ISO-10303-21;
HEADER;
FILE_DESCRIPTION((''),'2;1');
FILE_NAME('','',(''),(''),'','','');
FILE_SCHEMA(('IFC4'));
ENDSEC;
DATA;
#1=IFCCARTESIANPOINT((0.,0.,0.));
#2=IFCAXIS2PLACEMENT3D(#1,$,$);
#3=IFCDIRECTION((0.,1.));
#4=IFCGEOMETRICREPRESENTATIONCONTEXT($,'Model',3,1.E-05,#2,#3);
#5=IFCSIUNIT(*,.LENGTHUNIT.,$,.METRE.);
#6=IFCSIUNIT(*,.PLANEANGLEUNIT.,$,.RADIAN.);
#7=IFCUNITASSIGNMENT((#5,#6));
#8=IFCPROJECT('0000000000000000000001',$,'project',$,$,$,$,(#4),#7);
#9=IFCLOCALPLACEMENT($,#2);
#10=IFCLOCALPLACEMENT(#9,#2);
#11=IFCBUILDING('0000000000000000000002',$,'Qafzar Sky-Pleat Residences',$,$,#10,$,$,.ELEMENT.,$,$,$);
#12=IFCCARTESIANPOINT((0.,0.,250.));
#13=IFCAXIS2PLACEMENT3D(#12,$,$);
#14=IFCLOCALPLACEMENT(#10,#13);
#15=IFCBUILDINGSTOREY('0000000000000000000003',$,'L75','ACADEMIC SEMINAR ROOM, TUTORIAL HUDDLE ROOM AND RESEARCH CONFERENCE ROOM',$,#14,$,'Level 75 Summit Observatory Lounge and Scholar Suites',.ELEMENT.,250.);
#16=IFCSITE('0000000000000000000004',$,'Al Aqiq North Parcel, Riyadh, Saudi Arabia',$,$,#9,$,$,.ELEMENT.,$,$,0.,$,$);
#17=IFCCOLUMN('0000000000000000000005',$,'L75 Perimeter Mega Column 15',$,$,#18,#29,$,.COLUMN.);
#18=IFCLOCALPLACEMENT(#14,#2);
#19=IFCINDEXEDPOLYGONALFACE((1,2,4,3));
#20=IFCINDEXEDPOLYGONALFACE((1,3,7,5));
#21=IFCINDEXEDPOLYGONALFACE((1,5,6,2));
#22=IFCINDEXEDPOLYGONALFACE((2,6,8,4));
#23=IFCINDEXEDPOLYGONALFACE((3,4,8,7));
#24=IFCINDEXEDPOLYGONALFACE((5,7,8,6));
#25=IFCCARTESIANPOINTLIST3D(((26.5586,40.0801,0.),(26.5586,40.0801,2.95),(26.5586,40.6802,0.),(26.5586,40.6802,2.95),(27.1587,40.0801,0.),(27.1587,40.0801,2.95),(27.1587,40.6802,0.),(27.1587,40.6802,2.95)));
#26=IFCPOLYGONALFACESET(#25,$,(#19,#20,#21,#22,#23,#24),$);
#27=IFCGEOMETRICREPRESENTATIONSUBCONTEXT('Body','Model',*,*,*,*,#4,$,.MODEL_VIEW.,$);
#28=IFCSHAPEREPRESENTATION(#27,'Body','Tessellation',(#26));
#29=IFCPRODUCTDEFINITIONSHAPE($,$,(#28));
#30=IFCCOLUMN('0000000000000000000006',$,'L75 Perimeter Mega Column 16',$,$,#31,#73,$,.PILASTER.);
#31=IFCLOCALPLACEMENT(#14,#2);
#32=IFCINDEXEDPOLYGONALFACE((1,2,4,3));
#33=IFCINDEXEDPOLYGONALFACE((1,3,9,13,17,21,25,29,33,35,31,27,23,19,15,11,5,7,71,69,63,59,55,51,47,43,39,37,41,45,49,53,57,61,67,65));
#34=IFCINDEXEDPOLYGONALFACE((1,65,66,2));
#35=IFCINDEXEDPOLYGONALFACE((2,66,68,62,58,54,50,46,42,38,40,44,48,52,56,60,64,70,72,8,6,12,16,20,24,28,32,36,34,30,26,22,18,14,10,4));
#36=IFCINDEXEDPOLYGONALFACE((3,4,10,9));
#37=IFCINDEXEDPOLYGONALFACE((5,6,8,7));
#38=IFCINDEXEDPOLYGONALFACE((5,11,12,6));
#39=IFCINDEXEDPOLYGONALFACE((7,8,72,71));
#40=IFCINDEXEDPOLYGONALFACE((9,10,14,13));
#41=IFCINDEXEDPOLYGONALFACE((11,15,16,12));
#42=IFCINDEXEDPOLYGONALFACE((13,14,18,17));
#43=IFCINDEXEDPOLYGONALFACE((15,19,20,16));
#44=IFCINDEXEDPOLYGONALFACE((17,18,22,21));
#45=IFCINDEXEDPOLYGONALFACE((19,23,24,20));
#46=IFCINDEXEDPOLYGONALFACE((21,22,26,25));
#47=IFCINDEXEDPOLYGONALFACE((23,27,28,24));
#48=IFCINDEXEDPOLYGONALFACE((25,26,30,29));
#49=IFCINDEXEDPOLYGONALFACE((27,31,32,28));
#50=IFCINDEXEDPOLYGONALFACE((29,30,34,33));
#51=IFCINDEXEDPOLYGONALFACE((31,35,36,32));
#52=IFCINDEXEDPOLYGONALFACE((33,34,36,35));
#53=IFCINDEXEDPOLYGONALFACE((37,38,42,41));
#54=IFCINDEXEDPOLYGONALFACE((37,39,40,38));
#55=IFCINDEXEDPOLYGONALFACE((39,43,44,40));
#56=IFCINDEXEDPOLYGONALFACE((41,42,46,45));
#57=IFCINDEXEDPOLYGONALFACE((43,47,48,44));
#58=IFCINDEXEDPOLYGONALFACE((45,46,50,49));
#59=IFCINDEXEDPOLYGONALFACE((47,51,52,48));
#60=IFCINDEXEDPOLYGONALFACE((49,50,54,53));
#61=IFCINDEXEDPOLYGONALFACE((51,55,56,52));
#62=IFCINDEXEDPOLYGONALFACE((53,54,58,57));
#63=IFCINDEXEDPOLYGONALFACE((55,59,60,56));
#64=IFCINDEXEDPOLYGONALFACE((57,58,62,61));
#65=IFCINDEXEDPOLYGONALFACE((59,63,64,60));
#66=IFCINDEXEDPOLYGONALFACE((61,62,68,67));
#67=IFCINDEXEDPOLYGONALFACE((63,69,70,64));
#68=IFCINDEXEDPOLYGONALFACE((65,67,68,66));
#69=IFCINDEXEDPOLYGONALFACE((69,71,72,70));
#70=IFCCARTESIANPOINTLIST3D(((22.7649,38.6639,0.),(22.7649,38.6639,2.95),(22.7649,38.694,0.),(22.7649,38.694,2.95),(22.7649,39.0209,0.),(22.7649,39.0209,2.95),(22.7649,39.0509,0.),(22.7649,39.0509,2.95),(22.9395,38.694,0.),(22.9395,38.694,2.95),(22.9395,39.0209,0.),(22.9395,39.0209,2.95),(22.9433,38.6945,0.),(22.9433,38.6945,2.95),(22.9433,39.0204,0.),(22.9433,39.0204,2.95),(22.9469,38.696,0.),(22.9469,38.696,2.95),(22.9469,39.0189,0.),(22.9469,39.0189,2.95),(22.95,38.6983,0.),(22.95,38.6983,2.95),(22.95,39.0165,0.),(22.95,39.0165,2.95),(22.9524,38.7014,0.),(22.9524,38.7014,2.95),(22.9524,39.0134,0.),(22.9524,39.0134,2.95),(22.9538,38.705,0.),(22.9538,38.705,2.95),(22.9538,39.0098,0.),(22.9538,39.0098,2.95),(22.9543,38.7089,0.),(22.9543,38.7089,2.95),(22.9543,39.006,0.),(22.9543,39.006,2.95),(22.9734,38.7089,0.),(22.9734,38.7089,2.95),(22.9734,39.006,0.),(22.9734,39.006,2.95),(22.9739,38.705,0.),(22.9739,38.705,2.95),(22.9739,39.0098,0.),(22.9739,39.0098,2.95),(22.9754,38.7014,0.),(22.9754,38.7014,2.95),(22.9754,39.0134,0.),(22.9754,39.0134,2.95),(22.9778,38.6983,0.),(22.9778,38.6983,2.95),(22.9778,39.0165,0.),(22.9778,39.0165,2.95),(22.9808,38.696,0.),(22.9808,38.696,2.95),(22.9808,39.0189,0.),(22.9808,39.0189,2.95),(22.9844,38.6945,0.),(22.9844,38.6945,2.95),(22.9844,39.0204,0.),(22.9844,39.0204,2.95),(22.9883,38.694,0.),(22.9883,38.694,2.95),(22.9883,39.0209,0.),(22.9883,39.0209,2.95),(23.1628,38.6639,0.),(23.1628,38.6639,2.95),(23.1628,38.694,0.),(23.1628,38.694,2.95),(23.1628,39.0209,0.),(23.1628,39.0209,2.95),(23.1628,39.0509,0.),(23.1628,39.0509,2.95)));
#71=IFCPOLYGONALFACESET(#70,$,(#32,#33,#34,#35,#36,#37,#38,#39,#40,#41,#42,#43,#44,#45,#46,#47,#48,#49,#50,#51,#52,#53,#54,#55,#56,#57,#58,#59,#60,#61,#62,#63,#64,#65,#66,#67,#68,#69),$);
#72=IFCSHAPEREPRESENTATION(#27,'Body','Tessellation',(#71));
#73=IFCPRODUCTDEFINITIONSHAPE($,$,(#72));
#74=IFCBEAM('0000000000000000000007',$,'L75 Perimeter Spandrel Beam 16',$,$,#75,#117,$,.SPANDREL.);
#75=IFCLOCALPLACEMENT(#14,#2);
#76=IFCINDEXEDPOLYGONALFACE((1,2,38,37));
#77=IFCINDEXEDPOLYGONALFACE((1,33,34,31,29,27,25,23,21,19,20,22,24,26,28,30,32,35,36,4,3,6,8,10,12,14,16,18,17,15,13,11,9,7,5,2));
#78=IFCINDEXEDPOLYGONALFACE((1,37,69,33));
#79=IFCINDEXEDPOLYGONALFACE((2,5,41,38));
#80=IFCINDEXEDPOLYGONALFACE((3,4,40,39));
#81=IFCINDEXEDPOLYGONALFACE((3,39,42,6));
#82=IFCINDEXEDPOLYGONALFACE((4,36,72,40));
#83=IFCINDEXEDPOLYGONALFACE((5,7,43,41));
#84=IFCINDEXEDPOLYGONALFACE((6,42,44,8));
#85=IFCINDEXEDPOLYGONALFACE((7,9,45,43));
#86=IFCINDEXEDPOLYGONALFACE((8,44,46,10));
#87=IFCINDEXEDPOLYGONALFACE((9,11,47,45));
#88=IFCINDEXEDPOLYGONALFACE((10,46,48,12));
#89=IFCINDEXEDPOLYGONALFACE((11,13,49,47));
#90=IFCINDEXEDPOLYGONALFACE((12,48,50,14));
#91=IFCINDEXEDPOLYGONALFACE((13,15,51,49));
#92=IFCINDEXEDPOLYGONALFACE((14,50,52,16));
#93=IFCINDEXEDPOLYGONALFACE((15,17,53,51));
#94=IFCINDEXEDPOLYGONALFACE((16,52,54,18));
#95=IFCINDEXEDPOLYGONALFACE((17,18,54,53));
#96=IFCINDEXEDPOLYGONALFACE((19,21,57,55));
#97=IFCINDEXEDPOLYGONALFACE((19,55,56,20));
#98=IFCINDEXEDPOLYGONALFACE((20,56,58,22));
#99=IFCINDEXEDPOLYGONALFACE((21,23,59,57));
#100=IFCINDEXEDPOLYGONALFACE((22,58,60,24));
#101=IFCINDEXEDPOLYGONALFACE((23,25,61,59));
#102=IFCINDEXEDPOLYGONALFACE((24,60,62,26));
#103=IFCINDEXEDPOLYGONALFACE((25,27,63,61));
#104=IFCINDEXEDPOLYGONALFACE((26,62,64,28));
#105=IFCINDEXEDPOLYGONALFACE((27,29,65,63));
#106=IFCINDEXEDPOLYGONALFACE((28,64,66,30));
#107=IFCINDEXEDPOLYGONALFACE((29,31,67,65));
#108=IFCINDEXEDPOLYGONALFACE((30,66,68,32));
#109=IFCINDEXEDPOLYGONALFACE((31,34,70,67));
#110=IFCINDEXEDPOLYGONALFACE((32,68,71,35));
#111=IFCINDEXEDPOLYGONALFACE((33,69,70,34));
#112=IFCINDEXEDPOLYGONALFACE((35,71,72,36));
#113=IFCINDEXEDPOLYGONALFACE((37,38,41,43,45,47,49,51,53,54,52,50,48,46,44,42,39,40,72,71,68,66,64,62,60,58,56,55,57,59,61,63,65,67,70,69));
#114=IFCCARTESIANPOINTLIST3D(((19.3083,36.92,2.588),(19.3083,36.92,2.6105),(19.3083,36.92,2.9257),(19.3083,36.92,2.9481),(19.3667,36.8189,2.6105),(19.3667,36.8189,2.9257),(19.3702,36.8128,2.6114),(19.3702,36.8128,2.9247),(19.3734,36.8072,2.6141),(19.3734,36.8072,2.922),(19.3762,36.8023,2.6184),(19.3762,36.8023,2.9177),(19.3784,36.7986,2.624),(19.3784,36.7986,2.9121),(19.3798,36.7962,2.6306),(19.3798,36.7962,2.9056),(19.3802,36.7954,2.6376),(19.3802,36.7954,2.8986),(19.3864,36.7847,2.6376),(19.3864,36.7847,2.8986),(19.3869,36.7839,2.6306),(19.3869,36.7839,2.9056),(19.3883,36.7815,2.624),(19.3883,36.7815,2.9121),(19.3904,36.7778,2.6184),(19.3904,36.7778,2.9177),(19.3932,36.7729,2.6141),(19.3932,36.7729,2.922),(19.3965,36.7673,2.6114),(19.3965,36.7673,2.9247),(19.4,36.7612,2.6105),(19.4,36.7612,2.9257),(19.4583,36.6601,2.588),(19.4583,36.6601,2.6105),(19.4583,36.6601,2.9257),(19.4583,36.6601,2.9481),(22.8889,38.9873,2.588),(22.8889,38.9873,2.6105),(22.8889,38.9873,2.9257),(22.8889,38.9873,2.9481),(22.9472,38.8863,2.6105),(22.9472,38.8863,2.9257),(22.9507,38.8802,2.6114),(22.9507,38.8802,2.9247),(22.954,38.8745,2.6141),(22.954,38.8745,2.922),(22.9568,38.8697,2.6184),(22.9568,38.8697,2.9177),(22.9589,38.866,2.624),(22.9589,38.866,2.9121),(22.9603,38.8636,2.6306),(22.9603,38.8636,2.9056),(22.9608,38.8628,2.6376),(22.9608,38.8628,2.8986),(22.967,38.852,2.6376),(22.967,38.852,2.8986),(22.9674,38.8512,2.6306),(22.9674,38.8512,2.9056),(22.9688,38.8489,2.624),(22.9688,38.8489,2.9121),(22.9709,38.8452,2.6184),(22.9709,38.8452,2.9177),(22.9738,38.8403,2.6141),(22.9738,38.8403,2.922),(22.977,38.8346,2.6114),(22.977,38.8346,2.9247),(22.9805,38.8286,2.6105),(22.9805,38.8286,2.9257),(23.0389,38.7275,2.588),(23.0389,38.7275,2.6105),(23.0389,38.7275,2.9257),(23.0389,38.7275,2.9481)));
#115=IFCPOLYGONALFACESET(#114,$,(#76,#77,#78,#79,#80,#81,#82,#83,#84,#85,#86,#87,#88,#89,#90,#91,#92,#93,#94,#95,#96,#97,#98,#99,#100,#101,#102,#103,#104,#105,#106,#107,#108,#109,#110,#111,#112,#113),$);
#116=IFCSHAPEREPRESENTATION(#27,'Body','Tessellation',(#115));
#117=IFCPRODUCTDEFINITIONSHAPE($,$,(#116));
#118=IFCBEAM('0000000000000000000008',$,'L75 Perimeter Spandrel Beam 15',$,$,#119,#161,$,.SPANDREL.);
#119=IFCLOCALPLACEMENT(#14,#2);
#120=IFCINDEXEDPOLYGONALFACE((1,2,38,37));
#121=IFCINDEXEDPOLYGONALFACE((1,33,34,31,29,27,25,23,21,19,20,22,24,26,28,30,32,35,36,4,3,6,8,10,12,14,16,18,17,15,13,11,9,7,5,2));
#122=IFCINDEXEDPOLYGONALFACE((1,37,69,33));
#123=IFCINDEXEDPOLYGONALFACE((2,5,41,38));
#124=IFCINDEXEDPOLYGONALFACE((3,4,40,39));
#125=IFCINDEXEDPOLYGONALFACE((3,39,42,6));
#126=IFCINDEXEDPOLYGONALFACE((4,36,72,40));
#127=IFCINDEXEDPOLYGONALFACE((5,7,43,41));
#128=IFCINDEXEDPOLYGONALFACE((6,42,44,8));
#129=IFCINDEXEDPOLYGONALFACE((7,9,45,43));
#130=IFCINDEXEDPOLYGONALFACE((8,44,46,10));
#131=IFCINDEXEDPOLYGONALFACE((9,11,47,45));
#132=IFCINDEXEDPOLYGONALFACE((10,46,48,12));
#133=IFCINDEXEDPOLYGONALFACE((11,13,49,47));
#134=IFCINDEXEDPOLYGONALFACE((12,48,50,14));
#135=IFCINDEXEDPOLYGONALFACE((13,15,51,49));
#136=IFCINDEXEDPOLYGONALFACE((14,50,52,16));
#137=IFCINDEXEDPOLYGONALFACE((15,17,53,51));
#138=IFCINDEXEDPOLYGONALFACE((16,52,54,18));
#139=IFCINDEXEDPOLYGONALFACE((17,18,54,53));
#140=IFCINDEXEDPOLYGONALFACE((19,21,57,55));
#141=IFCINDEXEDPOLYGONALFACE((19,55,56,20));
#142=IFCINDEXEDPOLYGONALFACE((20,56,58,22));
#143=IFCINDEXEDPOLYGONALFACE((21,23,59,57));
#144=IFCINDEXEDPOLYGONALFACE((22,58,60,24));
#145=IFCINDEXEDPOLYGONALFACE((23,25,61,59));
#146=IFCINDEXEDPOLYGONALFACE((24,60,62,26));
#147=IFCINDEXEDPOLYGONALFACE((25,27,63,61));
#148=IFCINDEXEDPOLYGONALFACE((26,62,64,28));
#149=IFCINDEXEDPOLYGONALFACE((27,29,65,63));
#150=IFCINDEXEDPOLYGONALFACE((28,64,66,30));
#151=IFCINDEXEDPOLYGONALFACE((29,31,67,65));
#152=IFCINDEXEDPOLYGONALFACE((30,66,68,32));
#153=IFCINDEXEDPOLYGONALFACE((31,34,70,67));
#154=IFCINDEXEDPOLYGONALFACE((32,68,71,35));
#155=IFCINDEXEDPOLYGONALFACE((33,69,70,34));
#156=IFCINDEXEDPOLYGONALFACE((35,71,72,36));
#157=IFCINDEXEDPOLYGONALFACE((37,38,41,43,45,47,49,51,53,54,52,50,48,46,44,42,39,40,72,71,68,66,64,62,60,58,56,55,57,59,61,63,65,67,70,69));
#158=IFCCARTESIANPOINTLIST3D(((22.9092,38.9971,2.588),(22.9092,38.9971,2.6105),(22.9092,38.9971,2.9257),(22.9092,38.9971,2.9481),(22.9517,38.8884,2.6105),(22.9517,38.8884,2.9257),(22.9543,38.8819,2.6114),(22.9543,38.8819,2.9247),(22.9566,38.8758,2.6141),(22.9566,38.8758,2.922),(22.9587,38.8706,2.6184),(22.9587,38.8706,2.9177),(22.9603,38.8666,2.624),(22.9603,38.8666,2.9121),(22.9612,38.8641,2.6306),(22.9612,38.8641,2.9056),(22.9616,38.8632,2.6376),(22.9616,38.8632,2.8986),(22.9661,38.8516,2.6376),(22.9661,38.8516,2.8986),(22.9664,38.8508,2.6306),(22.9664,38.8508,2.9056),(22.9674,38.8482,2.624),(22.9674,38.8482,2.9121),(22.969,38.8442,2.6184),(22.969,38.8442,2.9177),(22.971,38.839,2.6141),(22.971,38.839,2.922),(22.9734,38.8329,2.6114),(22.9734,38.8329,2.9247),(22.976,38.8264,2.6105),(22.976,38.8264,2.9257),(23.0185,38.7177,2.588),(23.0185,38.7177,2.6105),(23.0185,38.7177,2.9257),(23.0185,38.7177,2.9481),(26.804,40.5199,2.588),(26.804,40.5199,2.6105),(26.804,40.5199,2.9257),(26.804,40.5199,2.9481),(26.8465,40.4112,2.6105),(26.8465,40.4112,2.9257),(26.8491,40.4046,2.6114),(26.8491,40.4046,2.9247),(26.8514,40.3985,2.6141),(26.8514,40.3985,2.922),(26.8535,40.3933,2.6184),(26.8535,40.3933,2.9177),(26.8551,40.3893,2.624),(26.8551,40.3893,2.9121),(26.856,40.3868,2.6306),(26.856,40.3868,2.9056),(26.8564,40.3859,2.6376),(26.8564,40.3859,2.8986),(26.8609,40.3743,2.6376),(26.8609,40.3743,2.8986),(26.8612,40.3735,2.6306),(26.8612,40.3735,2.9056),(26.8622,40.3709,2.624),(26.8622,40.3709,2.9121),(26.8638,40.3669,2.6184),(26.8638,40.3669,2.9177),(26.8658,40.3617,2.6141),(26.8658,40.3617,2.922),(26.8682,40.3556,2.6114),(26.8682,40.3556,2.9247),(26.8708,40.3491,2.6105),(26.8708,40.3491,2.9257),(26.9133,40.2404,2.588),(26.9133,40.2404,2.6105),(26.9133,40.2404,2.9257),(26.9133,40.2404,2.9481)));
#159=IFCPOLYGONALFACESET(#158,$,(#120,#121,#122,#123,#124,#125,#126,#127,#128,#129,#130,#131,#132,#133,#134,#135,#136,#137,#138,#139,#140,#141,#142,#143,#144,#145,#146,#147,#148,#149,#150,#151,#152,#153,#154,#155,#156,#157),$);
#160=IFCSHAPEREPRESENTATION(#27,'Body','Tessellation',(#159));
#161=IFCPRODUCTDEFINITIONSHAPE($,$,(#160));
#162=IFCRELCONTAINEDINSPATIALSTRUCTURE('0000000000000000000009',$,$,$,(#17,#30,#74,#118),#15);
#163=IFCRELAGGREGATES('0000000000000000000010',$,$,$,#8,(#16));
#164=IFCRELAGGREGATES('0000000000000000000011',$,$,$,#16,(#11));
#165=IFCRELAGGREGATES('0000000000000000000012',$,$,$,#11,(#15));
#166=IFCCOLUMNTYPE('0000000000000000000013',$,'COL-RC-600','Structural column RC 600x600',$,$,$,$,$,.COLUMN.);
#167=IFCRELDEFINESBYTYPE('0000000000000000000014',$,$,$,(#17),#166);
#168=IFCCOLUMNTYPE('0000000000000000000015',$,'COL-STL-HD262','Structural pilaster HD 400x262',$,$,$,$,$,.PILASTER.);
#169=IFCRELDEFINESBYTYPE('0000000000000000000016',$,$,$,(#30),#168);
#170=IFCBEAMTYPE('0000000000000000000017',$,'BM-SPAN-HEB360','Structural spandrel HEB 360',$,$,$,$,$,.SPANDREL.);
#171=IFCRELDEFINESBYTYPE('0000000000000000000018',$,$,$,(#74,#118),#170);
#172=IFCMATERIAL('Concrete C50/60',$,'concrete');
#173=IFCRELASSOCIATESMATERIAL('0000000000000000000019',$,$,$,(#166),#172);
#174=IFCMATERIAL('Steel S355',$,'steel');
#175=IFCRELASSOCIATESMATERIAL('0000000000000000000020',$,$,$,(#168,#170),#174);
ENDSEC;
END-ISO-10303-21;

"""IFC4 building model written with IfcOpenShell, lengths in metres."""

from ifc_helpers import new_model, si_unit, direction, frame, origin, origin_2d, place, context, subcontext, project, spatial, rectangle, i_section, extrude, source, transform, mapped, material, material_profile, profile_set, type_object, element, save


model = new_model("IFC4")

# Units and contexts
model_context = context("Model", 3, precision=1e-05, world=origin(), true_north=direction((0.0, 1.0)))
body_context = subcontext(model_context, "Body", "Model", "MODEL_VIEW")
ifc_project = project(units=[si_unit("LENGTHUNIT", "METRE"), si_unit("PLANEANGLEUNIT", "RADIAN")], contexts=[model_context])

# Site, building, storey
site_placement = place(None, origin())
site = spatial("IfcSite", under=ifc_project, at=site_placement, Name="Al Aqiq North Parcel, Riyadh, Saudi Arabia", CompositionType="ELEMENT", RefElevation=0.0)
building_placement = place(site_placement, origin())
building = spatial("IfcBuilding", under=site, at=building_placement, Name="Qafzar Sky-Pleat Residences", CompositionType="ELEMENT")
storey_placement = place(building_placement, frame((0.0, 0.0, 250.0)))
storey = spatial("IfcBuildingStorey", under=building, at=storey_placement, Name="L75", Description="ACADEMIC SEMINAR ROOM, TUTORIAL HUDDLE ROOM AND RESEARCH CONFERENCE ROOM", LongName="Level 75 Summit Observatory Lounge and Scholar Suites", CompositionType="ELEMENT", Elevation=250.0)

# Columns
ifc_material_1 = material(Name="Concrete C50/60", Category="concrete")
ifc_material_profile_1 = material_profile(ifc_material_1, rectangle(XDim=0.6001, YDim=0.6001, at=origin_2d()), Name="RC 600x600")
ifc_profile_set_1 = profile_set([ifc_material_profile_1], Name="Concrete C50/60")
column_type_1 = type_object("IfcColumnType", Name="COL-RC-600", Description="Structural column RC 600x600", PredefinedType="COLUMN", material=ifc_profile_set_1)
shared_shape_1 = source(origin(), body_context, "Body", "SweptSolid", [
    extrude(rectangle(XDim=0.6001, YDim=0.6001, at=origin_2d()), origin(), (0.0, 0.0, 1.0), 2.95),
])
column_1_placement = place(storey_placement, frame((26.8586, 40.3801, 0.0), z_axis=(0.0, 0.0, 1.0), x_axis=(1.0, 0.0, 0.0)))
element("IfcColumn", 1, at=column_1_placement, inside=storey, type_object=column_type_1, Name="L75 Perimeter Mega Column 15", PredefinedType="COLUMN", context=body_context, shape_type="MappedRepresentation", body=[
    mapped(shared_shape_1, transform((0.0, 0.0, 0.0), x_axis=(1.0, 0.0, 0.0), y_axis=(0.0, 1.0, 0.0), z_axis=(0.0, 0.0, 1.0), scale=1.0)),
])
ifc_material_2 = material(Name="Steel S355", Category="steel")
ifc_material_profile_2 = material_profile(ifc_material_2, i_section(OverallWidth=0.3979, OverallDepth=0.387, WebThickness=0.019, FlangeThickness=0.03, FilletRadius=0.0149, at=origin_2d()), Name="HD 400x262")
ifc_profile_set_2 = profile_set([ifc_material_profile_2], Name="Steel S355")
column_type_2 = type_object("IfcColumnType", Name="COL-STL-HD262", Description="Structural pilaster HD 400x262", PredefinedType="PILASTER", material=ifc_profile_set_2)
shared_shape_2 = source(origin(), body_context, "Body", "SweptSolid", [
    extrude(i_section(OverallWidth=0.3979, OverallDepth=0.387, WebThickness=0.019, FlangeThickness=0.03, FilletRadius=0.0149, at=origin_2d()), origin(), (0.0, 0.0, 1.0), 2.95),
])
column_2_placement = place(storey_placement, frame((22.9639, 38.8574, 0.0), z_axis=(0.0, 0.0, 1.0), x_axis=(1.0, 0.0, 0.0)))
element("IfcColumn", 2, at=column_2_placement, inside=storey, type_object=column_type_2, Name="L75 Perimeter Mega Column 16", PredefinedType="PILASTER", context=body_context, shape_type="MappedRepresentation", body=[
    mapped(shared_shape_2, transform((0.0, 0.0, 0.0), x_axis=(1.0, 0.0, 0.0), y_axis=(0.0, 1.0, 0.0), z_axis=(0.0, 0.0, 1.0), scale=1.0)),
])

# Beams
ifc_material_profile_3 = material_profile(ifc_material_2, i_section(OverallWidth=0.3, OverallDepth=0.3601, WebThickness=0.0125, FlangeThickness=0.0225, FilletRadius=0.0271, at=origin_2d()), Name="HEB 360")
ifc_profile_set_3 = profile_set([ifc_material_profile_3], Name="Steel S355")
beam_type_1 = type_object("IfcBeamType", Name="BM-SPAN-HEB360", Description="Structural spandrel HEB 360", PredefinedType="SPANDREL", material=ifc_profile_set_3)
shared_shape_3 = source(origin(), body_context, "Body", "SweptSolid", [
    extrude(i_section(OverallWidth=0.3, OverallDepth=0.3601, WebThickness=0.0125, FlangeThickness=0.0225, FilletRadius=0.0271, at=origin_2d()), origin(), (0.0, 0.0, 1.0), 4.1345),
])
beam_1_placement = place(storey_placement, frame((22.9639, 38.8574, 2.7681), z_axis=(-0.866011, -0.500026, 0.0), x_axis=(0.500026, -0.866011, 0.0)))
element("IfcBeam", 3, at=beam_1_placement, inside=storey, type_object=beam_type_1, Name="L75 Perimeter Spandrel Beam 16", PredefinedType="SPANDREL", context=body_context, shape_type="MappedRepresentation", body=[
    mapped(shared_shape_3, transform((0.0, 0.0, 0.0), x_axis=(1.0, 0.0, 0.0), y_axis=(0.0, 1.0, 0.0), z_axis=(0.0, 0.0, 1.0), scale=1.0)),
])
shared_shape_4 = source(origin(), body_context, "Body", "SweptSolid", [
    extrude(i_section(OverallWidth=0.3, OverallDepth=0.3601, WebThickness=0.0125, FlangeThickness=0.0225, FilletRadius=0.0271, at=origin_2d()), origin(), (0.0, 0.0, 1.0), 4.1819),
])
beam_2_placement = place(storey_placement, frame((26.8586, 40.3801, 2.7681), z_axis=(-0.931351, -0.364122, 0.0), x_axis=(0.364122, -0.931351, 0.0)))
element("IfcBeam", 4, at=beam_2_placement, inside=storey, type_object=beam_type_1, Name="L75 Perimeter Spandrel Beam 15", PredefinedType="SPANDREL", context=body_context, shape_type="MappedRepresentation", body=[
    mapped(shared_shape_4, transform((0.0, 0.0, 0.0), x_axis=(1.0, 0.0, 0.0), y_axis=(0.0, 1.0, 0.0), z_axis=(0.0, 0.0, 1.0), scale=1.0)),
])

save(model, "model.ifc")
